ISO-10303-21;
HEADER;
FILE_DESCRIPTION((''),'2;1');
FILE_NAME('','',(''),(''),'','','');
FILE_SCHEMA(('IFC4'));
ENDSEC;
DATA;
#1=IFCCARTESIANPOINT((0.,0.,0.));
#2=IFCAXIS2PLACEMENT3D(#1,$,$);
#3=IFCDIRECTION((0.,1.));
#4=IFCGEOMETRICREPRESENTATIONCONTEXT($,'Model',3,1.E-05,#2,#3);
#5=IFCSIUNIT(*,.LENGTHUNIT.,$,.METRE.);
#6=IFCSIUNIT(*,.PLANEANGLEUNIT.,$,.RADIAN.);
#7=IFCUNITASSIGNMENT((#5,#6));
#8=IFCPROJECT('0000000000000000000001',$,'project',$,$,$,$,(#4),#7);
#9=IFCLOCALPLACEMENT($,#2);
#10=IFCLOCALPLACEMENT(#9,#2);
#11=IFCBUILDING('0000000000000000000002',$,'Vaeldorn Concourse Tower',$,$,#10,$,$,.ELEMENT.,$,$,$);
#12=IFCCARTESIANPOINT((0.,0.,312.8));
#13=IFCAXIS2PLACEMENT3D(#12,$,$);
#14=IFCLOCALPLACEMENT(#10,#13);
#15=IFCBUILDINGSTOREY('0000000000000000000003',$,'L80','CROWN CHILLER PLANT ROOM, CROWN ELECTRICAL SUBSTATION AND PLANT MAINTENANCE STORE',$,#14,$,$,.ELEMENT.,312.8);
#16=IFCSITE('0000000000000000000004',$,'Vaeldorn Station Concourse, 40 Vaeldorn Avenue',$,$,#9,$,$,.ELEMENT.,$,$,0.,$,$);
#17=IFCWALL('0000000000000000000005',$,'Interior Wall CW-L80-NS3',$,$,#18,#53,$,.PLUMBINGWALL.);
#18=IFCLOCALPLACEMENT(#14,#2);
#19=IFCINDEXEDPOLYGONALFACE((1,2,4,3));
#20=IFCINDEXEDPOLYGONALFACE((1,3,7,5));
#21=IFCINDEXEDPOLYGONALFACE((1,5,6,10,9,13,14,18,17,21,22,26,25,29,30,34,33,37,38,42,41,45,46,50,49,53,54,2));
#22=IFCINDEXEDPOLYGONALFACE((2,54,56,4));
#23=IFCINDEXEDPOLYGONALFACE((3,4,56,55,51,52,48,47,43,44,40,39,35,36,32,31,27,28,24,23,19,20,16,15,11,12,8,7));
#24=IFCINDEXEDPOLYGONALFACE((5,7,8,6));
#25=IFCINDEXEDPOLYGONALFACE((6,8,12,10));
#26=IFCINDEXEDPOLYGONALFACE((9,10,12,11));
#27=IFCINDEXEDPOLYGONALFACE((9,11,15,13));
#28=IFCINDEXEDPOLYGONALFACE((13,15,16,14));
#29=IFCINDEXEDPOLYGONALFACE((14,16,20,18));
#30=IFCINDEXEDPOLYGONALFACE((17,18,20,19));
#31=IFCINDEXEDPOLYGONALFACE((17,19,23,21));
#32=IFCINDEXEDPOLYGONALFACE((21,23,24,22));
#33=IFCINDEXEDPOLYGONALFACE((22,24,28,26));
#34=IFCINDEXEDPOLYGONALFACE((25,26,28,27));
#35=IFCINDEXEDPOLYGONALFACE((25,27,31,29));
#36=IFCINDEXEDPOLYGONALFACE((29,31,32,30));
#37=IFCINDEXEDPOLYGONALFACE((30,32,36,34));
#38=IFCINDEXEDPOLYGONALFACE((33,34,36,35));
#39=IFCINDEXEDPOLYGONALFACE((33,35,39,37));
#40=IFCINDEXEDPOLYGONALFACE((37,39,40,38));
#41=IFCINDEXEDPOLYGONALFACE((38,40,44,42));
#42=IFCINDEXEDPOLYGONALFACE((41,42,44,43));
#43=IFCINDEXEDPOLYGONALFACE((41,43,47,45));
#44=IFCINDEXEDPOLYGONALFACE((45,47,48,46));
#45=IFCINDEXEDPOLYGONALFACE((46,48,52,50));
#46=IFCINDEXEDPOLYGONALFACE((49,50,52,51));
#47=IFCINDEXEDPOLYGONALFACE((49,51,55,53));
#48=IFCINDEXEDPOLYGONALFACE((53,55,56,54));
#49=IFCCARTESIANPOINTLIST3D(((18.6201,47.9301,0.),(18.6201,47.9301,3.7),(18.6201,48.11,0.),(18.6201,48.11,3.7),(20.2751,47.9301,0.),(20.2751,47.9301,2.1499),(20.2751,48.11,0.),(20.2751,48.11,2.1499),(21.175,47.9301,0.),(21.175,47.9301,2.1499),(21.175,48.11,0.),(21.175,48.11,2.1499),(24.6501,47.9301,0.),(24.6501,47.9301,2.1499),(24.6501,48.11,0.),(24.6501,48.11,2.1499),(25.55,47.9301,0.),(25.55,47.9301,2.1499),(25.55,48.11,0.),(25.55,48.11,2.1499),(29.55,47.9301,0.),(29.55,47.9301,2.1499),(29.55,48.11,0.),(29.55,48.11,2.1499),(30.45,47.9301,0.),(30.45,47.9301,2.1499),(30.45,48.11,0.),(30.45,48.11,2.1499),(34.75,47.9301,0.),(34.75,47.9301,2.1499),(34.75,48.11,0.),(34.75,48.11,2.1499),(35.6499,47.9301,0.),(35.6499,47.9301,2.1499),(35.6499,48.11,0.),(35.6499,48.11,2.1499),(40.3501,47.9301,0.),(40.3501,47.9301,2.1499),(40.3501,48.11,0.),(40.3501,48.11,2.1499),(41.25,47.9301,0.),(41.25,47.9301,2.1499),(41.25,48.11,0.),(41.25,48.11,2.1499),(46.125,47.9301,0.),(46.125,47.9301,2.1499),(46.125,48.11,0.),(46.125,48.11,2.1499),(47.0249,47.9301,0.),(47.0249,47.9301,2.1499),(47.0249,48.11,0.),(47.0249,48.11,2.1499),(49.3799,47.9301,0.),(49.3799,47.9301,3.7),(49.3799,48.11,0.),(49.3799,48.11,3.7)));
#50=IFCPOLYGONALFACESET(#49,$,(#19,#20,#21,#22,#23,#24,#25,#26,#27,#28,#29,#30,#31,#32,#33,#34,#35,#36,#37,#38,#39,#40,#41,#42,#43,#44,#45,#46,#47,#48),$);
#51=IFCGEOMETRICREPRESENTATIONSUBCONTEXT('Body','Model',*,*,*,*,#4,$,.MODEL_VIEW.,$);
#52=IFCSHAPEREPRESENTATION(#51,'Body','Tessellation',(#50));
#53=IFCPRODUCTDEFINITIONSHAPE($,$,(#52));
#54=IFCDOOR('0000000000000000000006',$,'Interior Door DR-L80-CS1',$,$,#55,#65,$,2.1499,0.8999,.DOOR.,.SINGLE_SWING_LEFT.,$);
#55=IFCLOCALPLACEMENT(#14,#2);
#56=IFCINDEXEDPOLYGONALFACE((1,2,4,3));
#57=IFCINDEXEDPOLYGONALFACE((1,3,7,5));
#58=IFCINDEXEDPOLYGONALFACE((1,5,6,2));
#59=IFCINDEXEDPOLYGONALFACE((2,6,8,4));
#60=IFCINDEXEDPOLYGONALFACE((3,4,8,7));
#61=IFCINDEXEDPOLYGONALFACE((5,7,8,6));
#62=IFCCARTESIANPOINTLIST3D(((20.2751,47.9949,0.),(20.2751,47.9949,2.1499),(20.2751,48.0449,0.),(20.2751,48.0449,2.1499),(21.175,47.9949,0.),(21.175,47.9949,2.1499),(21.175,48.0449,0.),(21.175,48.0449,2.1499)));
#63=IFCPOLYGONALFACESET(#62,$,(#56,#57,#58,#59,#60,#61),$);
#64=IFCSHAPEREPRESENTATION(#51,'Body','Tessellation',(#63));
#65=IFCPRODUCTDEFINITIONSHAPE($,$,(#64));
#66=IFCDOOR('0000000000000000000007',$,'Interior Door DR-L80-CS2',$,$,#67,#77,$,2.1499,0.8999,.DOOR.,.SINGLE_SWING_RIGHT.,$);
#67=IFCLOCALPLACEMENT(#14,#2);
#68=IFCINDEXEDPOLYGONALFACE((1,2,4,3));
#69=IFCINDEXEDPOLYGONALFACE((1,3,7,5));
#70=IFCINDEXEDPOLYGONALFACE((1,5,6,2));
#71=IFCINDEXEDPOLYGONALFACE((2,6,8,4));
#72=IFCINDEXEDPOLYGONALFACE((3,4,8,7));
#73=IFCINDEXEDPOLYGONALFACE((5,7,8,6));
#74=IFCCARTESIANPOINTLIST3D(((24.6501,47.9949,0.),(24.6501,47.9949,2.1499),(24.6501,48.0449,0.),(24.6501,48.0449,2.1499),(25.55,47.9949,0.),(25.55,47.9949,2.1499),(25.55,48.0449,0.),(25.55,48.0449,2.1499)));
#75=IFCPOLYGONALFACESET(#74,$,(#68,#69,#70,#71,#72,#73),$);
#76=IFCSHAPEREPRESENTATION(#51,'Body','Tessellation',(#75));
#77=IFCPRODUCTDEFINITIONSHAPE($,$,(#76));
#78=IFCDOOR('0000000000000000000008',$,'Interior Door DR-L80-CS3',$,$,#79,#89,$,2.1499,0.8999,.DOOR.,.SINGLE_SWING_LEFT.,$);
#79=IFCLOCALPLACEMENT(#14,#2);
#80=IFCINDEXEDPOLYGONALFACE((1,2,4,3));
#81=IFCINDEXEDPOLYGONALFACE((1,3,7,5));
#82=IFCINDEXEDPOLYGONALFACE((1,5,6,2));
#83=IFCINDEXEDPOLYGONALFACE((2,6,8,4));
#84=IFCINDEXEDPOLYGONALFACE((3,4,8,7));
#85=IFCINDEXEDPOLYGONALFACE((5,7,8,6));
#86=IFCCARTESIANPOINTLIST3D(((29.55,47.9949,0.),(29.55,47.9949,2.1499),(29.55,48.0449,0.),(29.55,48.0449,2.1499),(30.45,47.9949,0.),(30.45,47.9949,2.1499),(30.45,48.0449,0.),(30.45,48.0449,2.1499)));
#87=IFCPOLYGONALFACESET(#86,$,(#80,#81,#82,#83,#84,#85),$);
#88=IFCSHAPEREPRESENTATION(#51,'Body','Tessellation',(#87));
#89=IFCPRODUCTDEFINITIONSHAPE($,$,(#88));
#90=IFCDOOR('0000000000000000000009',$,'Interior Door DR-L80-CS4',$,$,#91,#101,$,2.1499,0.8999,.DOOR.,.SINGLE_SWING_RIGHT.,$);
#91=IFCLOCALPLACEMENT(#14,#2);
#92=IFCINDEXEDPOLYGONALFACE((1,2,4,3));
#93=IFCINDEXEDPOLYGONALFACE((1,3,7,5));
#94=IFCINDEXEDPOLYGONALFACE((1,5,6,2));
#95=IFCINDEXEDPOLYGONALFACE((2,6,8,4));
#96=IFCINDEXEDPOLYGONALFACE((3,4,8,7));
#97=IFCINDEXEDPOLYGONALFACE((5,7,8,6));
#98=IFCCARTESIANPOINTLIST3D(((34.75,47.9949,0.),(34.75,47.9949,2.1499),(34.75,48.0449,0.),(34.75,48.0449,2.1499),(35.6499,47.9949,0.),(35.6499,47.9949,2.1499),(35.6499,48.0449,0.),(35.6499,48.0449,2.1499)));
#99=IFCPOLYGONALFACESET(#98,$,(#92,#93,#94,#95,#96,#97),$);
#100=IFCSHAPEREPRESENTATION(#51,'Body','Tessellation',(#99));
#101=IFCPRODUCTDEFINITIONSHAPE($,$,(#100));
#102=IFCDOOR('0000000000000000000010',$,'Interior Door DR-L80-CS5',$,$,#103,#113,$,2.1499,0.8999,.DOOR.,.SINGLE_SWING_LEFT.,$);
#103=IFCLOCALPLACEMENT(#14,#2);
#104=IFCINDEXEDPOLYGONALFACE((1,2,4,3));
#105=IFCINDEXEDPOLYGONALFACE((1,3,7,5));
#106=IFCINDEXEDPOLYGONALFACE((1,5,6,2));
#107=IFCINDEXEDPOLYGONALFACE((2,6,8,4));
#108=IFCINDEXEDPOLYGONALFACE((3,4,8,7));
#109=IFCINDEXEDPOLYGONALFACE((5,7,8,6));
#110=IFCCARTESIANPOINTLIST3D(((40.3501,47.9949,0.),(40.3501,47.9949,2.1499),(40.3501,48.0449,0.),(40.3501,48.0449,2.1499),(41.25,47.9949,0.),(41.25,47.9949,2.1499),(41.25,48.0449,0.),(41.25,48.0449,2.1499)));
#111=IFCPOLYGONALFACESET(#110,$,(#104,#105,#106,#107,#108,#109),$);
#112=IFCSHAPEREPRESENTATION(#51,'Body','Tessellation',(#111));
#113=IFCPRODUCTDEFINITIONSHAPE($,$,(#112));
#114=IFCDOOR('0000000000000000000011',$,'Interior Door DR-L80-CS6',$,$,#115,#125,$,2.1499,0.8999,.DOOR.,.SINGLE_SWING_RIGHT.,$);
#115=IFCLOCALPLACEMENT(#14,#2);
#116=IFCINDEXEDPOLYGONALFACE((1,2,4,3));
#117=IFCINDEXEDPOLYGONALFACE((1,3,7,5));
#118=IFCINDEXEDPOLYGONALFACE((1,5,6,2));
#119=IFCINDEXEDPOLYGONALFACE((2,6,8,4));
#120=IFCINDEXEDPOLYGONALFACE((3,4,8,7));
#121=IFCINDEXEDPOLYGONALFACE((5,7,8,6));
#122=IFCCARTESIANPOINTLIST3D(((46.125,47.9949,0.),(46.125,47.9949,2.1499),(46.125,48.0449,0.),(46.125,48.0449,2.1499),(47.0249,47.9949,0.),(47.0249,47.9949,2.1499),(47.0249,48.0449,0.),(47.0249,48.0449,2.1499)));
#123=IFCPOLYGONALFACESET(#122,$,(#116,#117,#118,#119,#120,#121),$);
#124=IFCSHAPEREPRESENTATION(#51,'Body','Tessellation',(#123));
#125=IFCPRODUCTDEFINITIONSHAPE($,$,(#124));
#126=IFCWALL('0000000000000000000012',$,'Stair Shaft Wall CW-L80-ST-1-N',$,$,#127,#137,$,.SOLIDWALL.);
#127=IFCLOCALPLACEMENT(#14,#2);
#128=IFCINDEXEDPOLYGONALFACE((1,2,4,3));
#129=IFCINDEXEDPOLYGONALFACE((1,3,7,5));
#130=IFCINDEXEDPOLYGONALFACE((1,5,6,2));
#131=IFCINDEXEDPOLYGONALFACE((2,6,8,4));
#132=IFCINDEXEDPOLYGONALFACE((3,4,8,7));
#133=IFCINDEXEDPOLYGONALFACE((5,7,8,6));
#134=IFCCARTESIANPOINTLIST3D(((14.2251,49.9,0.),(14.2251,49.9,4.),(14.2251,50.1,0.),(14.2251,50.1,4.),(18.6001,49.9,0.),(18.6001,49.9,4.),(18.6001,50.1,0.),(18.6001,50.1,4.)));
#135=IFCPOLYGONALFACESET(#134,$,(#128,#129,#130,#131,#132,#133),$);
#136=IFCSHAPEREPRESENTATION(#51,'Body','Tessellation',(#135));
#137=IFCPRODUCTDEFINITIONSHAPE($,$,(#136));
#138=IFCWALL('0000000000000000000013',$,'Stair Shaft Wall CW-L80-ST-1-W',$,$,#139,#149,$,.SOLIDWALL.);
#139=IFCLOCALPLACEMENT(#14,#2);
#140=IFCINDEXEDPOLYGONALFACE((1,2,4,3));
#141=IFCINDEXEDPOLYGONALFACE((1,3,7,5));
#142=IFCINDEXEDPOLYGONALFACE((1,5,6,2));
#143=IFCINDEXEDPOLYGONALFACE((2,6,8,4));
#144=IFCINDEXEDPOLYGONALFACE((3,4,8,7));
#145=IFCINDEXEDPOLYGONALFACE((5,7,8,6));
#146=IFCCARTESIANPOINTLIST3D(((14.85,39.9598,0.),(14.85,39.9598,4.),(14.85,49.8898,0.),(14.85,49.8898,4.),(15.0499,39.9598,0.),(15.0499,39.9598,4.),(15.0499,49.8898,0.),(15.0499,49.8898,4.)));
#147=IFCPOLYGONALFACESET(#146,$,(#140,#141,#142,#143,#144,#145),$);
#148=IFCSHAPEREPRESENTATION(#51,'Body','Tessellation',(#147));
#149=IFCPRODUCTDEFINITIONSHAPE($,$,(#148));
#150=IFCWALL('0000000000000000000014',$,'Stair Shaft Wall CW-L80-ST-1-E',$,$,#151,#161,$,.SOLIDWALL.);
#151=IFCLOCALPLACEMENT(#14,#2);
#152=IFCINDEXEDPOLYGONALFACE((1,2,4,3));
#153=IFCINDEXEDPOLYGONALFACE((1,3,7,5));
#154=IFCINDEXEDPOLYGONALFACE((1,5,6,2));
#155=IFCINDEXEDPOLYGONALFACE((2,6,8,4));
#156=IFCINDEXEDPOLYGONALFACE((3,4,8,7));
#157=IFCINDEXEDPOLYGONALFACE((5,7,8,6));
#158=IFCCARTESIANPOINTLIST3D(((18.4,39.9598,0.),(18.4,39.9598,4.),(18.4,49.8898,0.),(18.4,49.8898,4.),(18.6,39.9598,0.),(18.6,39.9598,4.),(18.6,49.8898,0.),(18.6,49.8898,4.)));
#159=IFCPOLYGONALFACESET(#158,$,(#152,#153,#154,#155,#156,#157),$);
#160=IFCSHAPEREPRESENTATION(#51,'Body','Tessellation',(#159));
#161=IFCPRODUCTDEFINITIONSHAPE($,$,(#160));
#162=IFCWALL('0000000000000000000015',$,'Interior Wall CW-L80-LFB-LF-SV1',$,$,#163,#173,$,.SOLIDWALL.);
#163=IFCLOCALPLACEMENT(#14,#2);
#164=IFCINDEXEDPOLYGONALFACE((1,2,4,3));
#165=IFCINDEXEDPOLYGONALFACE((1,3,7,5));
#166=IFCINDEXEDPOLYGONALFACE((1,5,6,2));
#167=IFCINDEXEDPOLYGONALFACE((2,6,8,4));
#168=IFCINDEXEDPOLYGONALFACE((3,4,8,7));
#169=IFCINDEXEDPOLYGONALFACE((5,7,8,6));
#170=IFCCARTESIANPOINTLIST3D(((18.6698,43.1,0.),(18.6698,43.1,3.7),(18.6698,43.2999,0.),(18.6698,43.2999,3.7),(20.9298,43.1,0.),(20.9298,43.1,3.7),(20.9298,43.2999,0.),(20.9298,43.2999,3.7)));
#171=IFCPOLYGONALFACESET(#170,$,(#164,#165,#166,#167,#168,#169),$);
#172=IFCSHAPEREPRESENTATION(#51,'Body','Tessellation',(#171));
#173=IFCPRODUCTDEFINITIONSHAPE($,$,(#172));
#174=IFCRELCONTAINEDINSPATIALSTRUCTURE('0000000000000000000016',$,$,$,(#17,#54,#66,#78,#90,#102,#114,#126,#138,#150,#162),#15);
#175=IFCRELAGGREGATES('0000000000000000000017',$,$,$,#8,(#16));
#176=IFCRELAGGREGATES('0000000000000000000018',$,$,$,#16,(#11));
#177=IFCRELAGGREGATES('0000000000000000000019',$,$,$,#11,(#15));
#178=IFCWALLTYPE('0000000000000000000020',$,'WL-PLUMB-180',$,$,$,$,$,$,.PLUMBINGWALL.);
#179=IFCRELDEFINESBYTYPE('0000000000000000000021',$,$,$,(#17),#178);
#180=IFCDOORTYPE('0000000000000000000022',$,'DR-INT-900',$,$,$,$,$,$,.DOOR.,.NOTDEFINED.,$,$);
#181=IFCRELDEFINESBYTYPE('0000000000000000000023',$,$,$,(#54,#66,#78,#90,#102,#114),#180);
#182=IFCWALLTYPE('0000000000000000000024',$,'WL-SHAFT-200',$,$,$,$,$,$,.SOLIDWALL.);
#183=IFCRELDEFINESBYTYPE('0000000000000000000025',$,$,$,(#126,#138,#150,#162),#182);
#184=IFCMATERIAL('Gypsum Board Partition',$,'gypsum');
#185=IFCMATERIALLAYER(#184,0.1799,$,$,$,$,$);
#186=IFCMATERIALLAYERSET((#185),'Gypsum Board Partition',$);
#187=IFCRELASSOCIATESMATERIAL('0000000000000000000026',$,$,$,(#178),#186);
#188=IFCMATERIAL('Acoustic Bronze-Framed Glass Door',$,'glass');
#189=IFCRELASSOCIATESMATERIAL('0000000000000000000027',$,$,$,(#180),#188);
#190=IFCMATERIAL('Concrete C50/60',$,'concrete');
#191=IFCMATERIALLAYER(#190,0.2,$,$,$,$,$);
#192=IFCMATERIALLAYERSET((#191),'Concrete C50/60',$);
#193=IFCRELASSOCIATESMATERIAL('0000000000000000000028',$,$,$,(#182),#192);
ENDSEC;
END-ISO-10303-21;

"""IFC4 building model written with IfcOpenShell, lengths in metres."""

from ifc_helpers import new_model, si_unit, direction, frame, frame_2d, origin, place, context, subcontext, project, spatial, rectangle, extrude, source, transform, mapped, material, layer, layer_set, type_object, element, fill, save


model = new_model("IFC4")

# Units and contexts
model_context = context("Model", 3, precision=1e-05, world=origin(), true_north=direction((0.0, 1.0)))
body_context = subcontext(model_context, "Body", "Model", "MODEL_VIEW")
ifc_project = project(units=[si_unit("LENGTHUNIT", "METRE"), si_unit("PLANEANGLEUNIT", "RADIAN")], contexts=[model_context])

# Site, building, storey
site_placement = place(None, origin())
site = spatial("IfcSite", under=ifc_project, at=site_placement, Name="Vaeldorn Station Concourse, 40 Vaeldorn Avenue", CompositionType="ELEMENT", RefElevation=0.0)
building_placement = place(site_placement, origin())
building = spatial("IfcBuilding", under=site, at=building_placement, Name="Vaeldorn Concourse Tower", CompositionType="ELEMENT")
storey_placement = place(building_placement, frame((0.0, 0.0, 312.8)))
storey = spatial("IfcBuildingStorey", under=building, at=storey_placement, Name="L80", Description="CROWN CHILLER PLANT ROOM, CROWN ELECTRICAL SUBSTATION AND PLANT MAINTENANCE STORE", CompositionType="ELEMENT", Elevation=312.8)

# Shared definitions
ifc_material_1 = material(Name="Concrete C50/60", Category="concrete")

# Wall, openings, doors
ifc_material_2 = material(Name="Gypsum Board Partition", Category="gypsum")
ifc_layer_1 = layer(ifc_material_2, 0.1799)
ifc_layer_set_1 = layer_set([ifc_layer_1], Name="Gypsum Board Partition")
wall_type_1 = type_object("IfcWallType", Name="WL-PLUMB-180", PredefinedType="PLUMBINGWALL", material=ifc_layer_set_1)
wall_1_placement = place(storey_placement, frame((18.6201, 48.02, 0.0), z_axis=(0.0, 0.0, 1.0), x_axis=(1.0, 0.0, 0.0)))
wall_1 = element("IfcWall", 1, at=wall_1_placement, inside=storey, type_object=wall_type_1, Name="Interior Wall CW-L80-NS3", PredefinedType="PLUMBINGWALL", context=body_context, shape_type="SweptSolid", body=[
    extrude(rectangle(XDim=30.7598, YDim=0.1799, at=frame_2d((15.3799, 0.0))), origin(), (0.0, 0.0, 1.0), 3.7),
])
opening_1_placement = place(wall_1_placement, frame((1.655, 0.0, 0.0)))
opening_1 = element("IfcOpeningElement", 2, at=opening_1_placement, cuts=wall_1, PredefinedType="OPENING", context=body_context, shape_type="SweptSolid", body=[
    extrude(rectangle(XDim=0.8999, YDim=2.1499, at=frame_2d((0.45, 1.075))), frame((0.0, 0.1001, 0.0), z_axis=(0.0, -1.0, 0.0), x_axis=(1.0, 0.0, 0.0)), (0.0, 0.0, 1.0), 0.2),
])
opening_2_placement = place(wall_1_placement, frame((6.03, 0.0, 0.0)))
opening_2 = element("IfcOpeningElement", 3, at=opening_2_placement, cuts=wall_1, PredefinedType="OPENING", context=body_context, shape_type="SweptSolid", body=[
    extrude(rectangle(XDim=0.8999, YDim=2.1499, at=frame_2d((0.45, 1.075))), frame((0.0, 0.1001, 0.0), z_axis=(0.0, -1.0, 0.0), x_axis=(1.0, 0.0, 0.0)), (0.0, 0.0, 1.0), 0.2),
])
opening_3_placement = place(wall_1_placement, frame((10.9299, 0.0, 0.0)))
opening_3 = element("IfcOpeningElement", 4, at=opening_3_placement, cuts=wall_1, PredefinedType="OPENING", context=body_context, shape_type="SweptSolid", body=[
    extrude(rectangle(XDim=0.8999, YDim=2.1499, at=frame_2d((0.45, 1.075))), frame((0.0, 0.1001, 0.0), z_axis=(0.0, -1.0, 0.0), x_axis=(1.0, 0.0, 0.0)), (0.0, 0.0, 1.0), 0.2),
])
opening_4_placement = place(wall_1_placement, frame((16.1299, 0.0, 0.0)))
opening_4 = element("IfcOpeningElement", 5, at=opening_4_placement, cuts=wall_1, PredefinedType="OPENING", context=body_context, shape_type="SweptSolid", body=[
    extrude(rectangle(XDim=0.8999, YDim=2.1499, at=frame_2d((0.45, 1.075))), frame((0.0, 0.1001, 0.0), z_axis=(0.0, -1.0, 0.0), x_axis=(1.0, 0.0, 0.0)), (0.0, 0.0, 1.0), 0.2),
])
opening_5_placement = place(wall_1_placement, frame((21.73, 0.0, 0.0)))
opening_5 = element("IfcOpeningElement", 6, at=opening_5_placement, cuts=wall_1, PredefinedType="OPENING", context=body_context, shape_type="SweptSolid", body=[
    extrude(rectangle(XDim=0.8999, YDim=2.1499, at=frame_2d((0.45, 1.075))), frame((0.0, 0.1001, 0.0), z_axis=(0.0, -1.0, 0.0), x_axis=(1.0, 0.0, 0.0)), (0.0, 0.0, 1.0), 0.2),
])
opening_6_placement = place(wall_1_placement, frame((27.5049, 0.0, 0.0)))
opening_6 = element("IfcOpeningElement", 7, at=opening_6_placement, cuts=wall_1, PredefinedType="OPENING", context=body_context, shape_type="SweptSolid", body=[
    extrude(rectangle(XDim=0.8999, YDim=2.1499, at=frame_2d((0.45, 1.075))), frame((0.0, 0.1001, 0.0), z_axis=(0.0, -1.0, 0.0), x_axis=(1.0, 0.0, 0.0)), (0.0, 0.0, 1.0), 0.2),
])
ifc_material_3 = material(Name="Acoustic Bronze-Framed Glass Door", Category="glass")
door_type_1 = type_object("IfcDoorType", Name="DR-INT-900", OperationType="NOTDEFINED", PredefinedType="DOOR", material=ifc_material_3)
shared_shape_1 = source(origin(), body_context, "Body", "SweptSolid", [
    extrude(rectangle(XDim=0.8999, YDim=2.1499, at=frame_2d((0.45, 1.075))), frame((0.0, 0.0249, 0.0), z_axis=(0.0, -1.0, 0.0), x_axis=(1.0, 0.0, 0.0)), (0.0, 0.0, 1.0), 0.05),
])
door_1_placement = place(opening_1_placement, origin())
door_1 = element("IfcDoor", 8, at=door_1_placement, inside=storey, type_object=door_type_1, Name="Interior Door DR-L80-CS1", OperationType="SINGLE_SWING_LEFT", OverallHeight=2.1499, OverallWidth=0.8999, PredefinedType="DOOR", context=body_context, shape_type="MappedRepresentation", body=[
    mapped(shared_shape_1, transform((0.0, 0.0, 0.0), scale=1.0)),
])
fill(opening_1, door_1)
door_2_placement = place(opening_2_placement, origin())
door_2 = element("IfcDoor", 9, at=door_2_placement, inside=storey, type_object=door_type_1, Name="Interior Door DR-L80-CS2", OperationType="SINGLE_SWING_RIGHT", OverallHeight=2.1499, OverallWidth=0.8999, PredefinedType="DOOR", context=body_context, shape_type="MappedRepresentation", body=[
    mapped(shared_shape_1, transform((0.0, 0.0, 0.0), scale=1.0)),
])
fill(opening_2, door_2)
door_3_placement = place(opening_3_placement, origin())
door_3 = element("IfcDoor", 10, at=door_3_placement, inside=storey, type_object=door_type_1, Name="Interior Door DR-L80-CS3", OperationType="SINGLE_SWING_LEFT", OverallHeight=2.1499, OverallWidth=0.8999, PredefinedType="DOOR", context=body_context, shape_type="MappedRepresentation", body=[
    mapped(shared_shape_1, transform((0.0, 0.0, 0.0), scale=1.0)),
])
fill(opening_3, door_3)
door_4_placement = place(opening_4_placement, origin())
door_4 = element("IfcDoor", 11, at=door_4_placement, inside=storey, type_object=door_type_1, Name="Interior Door DR-L80-CS4", OperationType="SINGLE_SWING_RIGHT", OverallHeight=2.1499, OverallWidth=0.8999, PredefinedType="DOOR", context=body_context, shape_type="MappedRepresentation", body=[
    mapped(shared_shape_1, transform((0.0, 0.0, 0.0), scale=1.0)),
])
fill(opening_4, door_4)
door_5_placement = place(opening_5_placement, origin())
door_5 = element("IfcDoor", 12, at=door_5_placement, inside=storey, type_object=door_type_1, Name="Interior Door DR-L80-CS5", OperationType="SINGLE_SWING_LEFT", OverallHeight=2.1499, OverallWidth=0.8999, PredefinedType="DOOR", context=body_context, shape_type="MappedRepresentation", body=[
    mapped(shared_shape_1, transform((0.0, 0.0, 0.0), scale=1.0)),
])
fill(opening_5, door_5)
door_6_placement = place(opening_6_placement, origin())
door_6 = element("IfcDoor", 13, at=door_6_placement, inside=storey, type_object=door_type_1, Name="Interior Door DR-L80-CS6", OperationType="SINGLE_SWING_RIGHT", OverallHeight=2.1499, OverallWidth=0.8999, PredefinedType="DOOR", context=body_context, shape_type="MappedRepresentation", body=[
    mapped(shared_shape_1, transform((0.0, 0.0, 0.0), scale=1.0)),
])
fill(opening_6, door_6)

# Walls
ifc_layer_2 = layer(ifc_material_1, 0.2)
ifc_layer_set_2 = layer_set([ifc_layer_2], Name="Concrete C50/60")
wall_type_2 = type_object("IfcWallType", Name="WL-SHAFT-200", PredefinedType="SOLIDWALL", material=ifc_layer_set_2)
wall_2_placement = place(storey_placement, frame((14.2251, 50.0, 0.0), z_axis=(0.0, 0.0, 1.0), x_axis=(1.0, 0.0, 0.0)))
element("IfcWall", 14, at=wall_2_placement, inside=storey, type_object=wall_type_2, Name="Stair Shaft Wall CW-L80-ST-1-N", PredefinedType="SOLIDWALL", context=body_context, shape_type="SweptSolid", body=[
    extrude(rectangle(XDim=4.375, YDim=0.2, at=frame_2d((2.1875, 0.0))), origin(), (0.0, 0.0, 1.0), 4.0),
])
for number, where, z_axis, x_axis, name in (
    (15, (14.95, 39.96, 0.0), (0.0, 0.0, 1.0), (0.0, 1.0, 0.0), "Stair Shaft Wall CW-L80-ST-1-W"),
    (16, (18.5, 39.96, 0.0), (0.0, 0.0, 1.0), (0.0, 1.0, 0.0), "Stair Shaft Wall CW-L80-ST-1-E"),
):
    element("IfcWall", number, at=place(storey_placement, frame(where, z_axis=z_axis, x_axis=x_axis)), inside=storey, type_object=wall_type_2, Name=name, PredefinedType="SOLIDWALL", context=body_context, shape_type="SweptSolid", body=[
        extrude(rectangle(XDim=9.9299, YDim=0.2, at=frame_2d((4.9648, 0.0))), origin(), (0.0, 0.0, 1.0), 4.0),
    ])

# Wall
wall_3_placement = place(storey_placement, frame((18.6699, 43.2, 0.0), z_axis=(0.0, 0.0, 1.0), x_axis=(1.0, 0.0, 0.0)))
element("IfcWall", 17, at=wall_3_placement, inside=storey, type_object=wall_type_2, Name="Interior Wall CW-L80-LFB-LF-SV1", PredefinedType="SOLIDWALL", context=body_context, shape_type="SweptSolid", body=[
    extrude(rectangle(XDim=2.26, YDim=0.2, at=frame_2d((1.1299, 0.0))), origin(), (0.0, 0.0, 1.0), 3.7),
])

save(model, "model.ifc")
